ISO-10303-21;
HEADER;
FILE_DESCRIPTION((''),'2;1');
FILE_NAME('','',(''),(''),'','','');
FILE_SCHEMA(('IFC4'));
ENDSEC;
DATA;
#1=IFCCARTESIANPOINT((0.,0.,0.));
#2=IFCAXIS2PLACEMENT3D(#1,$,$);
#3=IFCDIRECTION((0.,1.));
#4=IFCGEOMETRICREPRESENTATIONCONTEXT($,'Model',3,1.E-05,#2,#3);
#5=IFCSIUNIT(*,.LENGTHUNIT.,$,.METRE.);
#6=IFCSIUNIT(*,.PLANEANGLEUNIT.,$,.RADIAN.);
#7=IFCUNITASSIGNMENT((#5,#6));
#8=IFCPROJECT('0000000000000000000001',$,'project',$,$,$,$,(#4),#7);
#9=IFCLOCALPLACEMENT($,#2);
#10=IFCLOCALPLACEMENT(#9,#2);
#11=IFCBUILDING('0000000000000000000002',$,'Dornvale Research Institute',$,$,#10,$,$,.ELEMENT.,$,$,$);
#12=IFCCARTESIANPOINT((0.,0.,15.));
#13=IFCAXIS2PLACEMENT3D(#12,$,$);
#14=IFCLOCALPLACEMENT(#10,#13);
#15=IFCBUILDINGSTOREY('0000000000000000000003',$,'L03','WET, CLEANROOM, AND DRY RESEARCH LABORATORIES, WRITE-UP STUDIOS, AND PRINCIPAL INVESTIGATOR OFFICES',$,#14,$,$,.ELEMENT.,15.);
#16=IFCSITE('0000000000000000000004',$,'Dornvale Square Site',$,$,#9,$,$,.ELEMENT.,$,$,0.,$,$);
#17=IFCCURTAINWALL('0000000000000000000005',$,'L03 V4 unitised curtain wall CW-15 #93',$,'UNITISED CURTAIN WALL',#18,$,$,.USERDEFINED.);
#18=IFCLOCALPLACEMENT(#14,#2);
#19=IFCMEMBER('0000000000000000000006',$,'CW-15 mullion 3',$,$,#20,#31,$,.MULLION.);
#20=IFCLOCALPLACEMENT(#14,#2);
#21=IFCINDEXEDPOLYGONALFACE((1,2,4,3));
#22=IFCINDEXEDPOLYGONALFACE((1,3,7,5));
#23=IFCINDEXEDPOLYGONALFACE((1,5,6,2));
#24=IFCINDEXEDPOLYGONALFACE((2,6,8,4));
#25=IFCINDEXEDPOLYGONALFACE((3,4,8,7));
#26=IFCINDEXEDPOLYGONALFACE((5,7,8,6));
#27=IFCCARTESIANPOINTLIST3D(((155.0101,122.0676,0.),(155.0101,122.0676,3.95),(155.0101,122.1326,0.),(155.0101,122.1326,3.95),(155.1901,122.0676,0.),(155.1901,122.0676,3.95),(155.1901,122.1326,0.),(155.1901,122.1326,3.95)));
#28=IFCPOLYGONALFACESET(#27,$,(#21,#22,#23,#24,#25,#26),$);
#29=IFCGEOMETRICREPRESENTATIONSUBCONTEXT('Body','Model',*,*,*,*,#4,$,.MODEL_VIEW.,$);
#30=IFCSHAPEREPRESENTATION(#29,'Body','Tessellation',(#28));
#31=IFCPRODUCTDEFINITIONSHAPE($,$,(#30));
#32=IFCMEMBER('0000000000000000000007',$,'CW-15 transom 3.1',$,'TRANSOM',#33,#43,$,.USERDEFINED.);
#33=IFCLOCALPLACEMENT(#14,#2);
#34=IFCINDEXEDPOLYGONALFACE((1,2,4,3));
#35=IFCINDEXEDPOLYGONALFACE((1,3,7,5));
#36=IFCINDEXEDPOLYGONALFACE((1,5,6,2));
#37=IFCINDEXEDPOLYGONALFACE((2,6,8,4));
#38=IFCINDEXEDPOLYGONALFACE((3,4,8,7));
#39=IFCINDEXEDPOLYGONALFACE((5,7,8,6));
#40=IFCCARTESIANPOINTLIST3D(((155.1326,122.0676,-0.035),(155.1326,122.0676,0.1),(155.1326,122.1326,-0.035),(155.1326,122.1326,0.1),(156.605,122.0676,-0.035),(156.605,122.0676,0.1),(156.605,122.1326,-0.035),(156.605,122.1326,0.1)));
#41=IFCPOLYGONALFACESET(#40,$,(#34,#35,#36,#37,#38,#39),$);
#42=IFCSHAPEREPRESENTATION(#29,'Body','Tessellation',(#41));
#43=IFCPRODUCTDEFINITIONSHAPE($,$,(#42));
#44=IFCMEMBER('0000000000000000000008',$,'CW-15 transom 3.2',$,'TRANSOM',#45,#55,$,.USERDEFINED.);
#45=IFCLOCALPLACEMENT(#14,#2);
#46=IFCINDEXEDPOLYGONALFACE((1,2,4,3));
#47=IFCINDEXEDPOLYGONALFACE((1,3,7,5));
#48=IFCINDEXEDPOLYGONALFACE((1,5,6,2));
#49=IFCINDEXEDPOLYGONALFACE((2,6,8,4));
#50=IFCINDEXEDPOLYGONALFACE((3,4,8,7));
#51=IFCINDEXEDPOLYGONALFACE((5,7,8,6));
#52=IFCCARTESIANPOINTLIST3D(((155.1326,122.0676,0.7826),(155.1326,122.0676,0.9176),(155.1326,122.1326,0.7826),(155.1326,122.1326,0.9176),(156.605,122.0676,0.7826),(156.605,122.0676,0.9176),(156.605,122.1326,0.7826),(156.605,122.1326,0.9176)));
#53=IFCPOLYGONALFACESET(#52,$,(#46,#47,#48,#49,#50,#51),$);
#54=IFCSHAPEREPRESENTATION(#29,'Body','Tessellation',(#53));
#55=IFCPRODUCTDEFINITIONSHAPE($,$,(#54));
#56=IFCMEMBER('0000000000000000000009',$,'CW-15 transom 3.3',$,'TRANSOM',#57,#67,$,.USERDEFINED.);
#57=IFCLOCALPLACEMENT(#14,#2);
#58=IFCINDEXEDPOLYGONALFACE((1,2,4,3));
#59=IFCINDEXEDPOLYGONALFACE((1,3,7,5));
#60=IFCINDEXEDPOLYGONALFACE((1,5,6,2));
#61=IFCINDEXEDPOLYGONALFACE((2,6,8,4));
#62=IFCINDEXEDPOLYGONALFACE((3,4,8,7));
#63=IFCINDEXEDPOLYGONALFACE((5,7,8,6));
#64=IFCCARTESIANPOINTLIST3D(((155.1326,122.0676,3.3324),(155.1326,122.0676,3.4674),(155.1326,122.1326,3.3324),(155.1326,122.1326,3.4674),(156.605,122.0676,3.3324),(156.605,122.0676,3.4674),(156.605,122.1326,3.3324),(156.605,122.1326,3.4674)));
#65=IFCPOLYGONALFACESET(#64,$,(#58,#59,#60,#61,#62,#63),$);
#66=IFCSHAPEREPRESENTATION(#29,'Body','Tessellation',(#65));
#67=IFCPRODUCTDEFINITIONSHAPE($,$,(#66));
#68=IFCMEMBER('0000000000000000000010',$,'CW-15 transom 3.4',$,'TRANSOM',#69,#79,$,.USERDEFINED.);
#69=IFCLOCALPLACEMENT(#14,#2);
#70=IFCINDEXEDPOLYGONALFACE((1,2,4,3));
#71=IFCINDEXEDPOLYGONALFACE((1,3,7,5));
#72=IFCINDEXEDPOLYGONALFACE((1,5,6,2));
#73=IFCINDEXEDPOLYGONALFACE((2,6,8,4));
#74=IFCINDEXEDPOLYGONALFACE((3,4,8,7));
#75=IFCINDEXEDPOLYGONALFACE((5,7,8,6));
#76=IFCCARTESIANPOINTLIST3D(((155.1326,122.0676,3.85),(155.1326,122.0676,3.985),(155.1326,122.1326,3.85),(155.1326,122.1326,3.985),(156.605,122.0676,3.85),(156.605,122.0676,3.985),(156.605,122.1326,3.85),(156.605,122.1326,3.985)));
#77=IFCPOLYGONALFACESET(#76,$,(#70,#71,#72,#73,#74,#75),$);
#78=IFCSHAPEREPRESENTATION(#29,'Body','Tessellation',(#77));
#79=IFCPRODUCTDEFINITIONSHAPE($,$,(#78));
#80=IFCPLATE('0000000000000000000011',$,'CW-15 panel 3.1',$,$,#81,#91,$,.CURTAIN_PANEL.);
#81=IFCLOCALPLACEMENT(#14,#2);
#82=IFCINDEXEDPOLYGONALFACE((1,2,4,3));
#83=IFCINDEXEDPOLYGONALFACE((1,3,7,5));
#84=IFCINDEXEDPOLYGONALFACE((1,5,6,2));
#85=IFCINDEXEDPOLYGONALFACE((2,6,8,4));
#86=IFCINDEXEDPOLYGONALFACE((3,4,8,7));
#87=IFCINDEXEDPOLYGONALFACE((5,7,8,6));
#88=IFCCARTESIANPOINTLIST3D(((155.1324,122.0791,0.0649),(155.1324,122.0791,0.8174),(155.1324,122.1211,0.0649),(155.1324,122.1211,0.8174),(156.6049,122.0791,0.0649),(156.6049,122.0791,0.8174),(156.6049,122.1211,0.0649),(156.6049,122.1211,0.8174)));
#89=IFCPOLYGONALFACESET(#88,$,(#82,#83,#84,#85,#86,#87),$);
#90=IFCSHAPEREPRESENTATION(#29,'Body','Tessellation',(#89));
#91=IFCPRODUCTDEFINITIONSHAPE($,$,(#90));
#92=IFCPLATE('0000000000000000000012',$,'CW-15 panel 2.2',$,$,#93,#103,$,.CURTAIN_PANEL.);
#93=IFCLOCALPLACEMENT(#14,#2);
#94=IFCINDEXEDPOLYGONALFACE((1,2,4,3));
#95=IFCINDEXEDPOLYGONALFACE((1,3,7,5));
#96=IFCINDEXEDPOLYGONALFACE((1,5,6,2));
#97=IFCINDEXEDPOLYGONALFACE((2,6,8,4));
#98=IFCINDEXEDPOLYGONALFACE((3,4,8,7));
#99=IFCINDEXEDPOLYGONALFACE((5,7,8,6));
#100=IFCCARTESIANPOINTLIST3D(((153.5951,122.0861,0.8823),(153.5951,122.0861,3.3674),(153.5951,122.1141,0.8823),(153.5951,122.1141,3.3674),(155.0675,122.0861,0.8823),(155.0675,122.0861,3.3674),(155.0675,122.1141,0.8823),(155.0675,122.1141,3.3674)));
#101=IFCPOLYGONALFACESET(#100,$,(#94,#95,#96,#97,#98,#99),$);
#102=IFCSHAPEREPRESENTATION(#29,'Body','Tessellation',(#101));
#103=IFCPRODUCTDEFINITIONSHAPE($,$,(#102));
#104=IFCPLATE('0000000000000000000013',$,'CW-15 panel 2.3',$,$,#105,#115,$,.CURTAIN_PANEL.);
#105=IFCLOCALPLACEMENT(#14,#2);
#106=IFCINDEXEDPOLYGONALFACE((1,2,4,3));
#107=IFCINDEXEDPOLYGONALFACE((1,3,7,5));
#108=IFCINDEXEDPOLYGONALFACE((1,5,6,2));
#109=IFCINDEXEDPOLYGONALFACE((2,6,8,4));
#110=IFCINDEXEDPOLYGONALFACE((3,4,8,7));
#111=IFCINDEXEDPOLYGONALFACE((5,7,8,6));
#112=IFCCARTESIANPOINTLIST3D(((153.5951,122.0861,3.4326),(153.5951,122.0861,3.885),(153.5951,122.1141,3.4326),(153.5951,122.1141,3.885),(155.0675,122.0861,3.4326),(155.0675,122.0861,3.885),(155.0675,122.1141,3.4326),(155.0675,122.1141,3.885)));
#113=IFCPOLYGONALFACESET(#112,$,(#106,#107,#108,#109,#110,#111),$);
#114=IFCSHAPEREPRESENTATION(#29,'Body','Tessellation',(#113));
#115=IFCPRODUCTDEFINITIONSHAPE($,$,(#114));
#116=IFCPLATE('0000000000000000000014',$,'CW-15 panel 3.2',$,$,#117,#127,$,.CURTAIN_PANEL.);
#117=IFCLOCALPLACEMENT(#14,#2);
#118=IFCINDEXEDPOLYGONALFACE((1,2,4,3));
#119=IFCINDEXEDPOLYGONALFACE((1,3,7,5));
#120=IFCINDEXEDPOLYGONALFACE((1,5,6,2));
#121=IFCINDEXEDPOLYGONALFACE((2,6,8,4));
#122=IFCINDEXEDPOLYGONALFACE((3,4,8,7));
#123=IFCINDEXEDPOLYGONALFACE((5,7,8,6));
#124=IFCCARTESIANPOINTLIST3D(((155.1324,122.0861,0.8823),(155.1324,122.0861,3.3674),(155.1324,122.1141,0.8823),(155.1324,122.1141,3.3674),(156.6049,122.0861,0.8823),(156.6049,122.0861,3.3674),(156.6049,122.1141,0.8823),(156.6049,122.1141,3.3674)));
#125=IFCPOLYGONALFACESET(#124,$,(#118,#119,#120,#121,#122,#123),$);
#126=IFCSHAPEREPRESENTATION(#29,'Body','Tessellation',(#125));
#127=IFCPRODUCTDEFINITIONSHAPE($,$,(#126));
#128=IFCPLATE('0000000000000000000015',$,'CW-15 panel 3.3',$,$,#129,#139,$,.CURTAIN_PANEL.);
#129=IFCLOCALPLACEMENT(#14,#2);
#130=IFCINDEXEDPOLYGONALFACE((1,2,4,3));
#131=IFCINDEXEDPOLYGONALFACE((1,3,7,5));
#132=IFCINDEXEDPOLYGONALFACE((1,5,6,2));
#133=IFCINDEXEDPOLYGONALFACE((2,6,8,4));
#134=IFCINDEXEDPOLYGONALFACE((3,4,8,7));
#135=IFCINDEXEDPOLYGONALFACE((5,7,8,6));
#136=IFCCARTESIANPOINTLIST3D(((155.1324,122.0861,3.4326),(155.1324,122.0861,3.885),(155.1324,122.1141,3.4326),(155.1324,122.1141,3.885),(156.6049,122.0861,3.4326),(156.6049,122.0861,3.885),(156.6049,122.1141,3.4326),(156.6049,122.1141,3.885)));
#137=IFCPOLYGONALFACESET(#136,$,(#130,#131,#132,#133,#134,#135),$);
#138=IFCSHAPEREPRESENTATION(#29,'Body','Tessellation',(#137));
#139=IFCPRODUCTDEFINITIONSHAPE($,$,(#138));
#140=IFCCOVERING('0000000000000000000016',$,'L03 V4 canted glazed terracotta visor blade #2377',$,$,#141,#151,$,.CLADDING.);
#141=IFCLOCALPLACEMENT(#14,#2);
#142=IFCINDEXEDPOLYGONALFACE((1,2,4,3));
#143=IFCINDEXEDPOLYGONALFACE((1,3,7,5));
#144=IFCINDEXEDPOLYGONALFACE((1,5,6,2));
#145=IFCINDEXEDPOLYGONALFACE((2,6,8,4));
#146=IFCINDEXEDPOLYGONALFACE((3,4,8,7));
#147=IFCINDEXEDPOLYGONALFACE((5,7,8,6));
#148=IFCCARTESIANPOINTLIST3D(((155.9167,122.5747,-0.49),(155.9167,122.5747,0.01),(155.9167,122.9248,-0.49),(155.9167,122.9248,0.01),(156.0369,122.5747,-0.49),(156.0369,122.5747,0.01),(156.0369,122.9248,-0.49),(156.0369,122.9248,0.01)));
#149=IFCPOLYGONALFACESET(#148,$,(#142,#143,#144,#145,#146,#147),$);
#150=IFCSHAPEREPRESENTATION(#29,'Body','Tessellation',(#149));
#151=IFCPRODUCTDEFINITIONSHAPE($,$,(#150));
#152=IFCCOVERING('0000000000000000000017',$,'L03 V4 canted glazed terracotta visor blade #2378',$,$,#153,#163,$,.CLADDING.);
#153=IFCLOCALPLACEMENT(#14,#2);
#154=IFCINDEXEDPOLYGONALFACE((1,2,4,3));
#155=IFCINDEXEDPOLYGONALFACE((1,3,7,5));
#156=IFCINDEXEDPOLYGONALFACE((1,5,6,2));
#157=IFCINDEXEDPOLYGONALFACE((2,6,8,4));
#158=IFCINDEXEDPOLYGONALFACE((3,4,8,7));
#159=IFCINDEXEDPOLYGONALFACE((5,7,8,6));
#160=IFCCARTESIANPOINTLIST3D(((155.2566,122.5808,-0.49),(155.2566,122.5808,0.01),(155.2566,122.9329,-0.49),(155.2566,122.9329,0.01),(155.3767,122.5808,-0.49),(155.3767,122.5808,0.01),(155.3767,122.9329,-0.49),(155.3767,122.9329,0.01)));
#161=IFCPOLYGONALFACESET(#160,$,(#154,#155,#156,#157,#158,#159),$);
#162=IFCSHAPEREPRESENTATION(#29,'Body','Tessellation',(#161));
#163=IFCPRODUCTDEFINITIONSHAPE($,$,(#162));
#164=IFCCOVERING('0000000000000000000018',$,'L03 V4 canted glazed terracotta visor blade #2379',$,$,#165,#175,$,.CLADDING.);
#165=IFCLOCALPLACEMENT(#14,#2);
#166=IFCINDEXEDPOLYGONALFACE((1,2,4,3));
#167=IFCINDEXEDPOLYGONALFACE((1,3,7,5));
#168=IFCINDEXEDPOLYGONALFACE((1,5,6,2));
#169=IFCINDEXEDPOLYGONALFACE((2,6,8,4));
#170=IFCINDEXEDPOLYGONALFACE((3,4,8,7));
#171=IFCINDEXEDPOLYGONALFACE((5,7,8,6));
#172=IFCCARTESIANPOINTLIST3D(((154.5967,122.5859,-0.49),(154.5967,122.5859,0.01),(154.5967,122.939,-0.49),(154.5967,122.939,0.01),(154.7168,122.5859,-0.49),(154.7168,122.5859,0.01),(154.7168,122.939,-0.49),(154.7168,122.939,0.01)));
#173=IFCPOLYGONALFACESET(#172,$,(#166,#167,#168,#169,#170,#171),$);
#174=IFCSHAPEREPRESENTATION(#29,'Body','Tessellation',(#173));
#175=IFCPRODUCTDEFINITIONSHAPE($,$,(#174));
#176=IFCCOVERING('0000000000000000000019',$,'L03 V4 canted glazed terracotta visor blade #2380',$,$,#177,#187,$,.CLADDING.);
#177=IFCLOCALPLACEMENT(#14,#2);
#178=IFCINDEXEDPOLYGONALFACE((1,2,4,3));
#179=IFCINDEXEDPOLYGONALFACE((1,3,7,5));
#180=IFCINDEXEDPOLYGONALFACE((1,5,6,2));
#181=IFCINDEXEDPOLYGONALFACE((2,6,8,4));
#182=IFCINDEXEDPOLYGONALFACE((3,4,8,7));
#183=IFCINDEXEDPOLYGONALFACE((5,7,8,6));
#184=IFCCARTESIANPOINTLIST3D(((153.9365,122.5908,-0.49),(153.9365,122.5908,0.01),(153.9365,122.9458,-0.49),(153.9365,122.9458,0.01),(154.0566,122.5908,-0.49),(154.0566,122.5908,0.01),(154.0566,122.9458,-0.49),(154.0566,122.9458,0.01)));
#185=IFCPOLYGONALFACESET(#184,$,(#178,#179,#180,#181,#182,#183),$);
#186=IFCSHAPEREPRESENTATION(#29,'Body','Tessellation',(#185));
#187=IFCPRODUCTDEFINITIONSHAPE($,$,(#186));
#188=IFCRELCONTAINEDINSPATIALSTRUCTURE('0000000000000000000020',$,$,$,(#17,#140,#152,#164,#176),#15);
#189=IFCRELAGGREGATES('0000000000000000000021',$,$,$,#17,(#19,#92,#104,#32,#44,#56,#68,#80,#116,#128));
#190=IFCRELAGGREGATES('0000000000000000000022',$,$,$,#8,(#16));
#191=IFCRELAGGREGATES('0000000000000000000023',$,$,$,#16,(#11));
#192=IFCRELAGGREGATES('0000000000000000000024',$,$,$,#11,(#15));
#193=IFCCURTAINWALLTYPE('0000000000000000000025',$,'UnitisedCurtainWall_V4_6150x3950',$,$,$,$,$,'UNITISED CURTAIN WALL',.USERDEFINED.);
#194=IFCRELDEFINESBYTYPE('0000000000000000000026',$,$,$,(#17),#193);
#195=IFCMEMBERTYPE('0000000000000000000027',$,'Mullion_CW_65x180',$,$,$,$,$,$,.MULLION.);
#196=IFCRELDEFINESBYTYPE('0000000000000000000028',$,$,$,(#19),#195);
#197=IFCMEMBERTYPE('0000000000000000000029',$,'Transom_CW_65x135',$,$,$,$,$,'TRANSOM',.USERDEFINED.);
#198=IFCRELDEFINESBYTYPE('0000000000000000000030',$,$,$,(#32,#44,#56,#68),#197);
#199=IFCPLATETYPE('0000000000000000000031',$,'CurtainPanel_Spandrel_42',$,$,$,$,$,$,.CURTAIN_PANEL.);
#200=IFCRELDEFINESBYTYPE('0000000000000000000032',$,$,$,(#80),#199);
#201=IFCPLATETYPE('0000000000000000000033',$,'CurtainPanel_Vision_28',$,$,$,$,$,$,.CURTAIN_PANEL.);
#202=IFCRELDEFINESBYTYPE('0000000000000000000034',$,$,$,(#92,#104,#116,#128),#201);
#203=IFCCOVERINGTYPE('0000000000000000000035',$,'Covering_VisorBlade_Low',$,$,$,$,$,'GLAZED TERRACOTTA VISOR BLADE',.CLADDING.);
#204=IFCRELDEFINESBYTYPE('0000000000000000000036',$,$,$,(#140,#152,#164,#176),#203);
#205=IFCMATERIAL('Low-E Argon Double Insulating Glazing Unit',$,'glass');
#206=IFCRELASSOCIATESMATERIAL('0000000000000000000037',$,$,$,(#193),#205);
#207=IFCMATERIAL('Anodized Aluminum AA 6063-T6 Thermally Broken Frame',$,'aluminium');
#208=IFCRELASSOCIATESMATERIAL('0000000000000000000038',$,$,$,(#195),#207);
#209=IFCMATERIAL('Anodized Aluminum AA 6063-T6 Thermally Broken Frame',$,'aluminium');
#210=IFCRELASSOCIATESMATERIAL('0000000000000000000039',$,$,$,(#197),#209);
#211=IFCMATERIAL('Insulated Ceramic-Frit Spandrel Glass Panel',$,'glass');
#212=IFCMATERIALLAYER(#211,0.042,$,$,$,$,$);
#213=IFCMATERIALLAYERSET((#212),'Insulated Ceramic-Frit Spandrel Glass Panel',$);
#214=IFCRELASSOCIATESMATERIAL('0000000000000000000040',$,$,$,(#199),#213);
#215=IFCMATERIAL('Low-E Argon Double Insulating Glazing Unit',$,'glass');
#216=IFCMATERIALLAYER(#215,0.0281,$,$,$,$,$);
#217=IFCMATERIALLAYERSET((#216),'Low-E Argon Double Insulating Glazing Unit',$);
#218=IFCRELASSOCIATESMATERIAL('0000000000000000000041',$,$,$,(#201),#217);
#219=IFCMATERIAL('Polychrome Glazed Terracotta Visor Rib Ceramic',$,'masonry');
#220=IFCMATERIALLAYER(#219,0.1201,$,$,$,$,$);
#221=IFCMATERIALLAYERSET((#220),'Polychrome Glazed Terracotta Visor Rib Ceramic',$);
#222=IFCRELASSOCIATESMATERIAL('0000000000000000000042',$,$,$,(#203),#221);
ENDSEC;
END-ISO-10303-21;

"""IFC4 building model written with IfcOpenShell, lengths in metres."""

from ifc_helpers import new_model, si_unit, direction, frame, origin, origin_2d, place, context, subcontext, project, spatial, rectangle, extrude, material, layer, layer_set, material_profile, profile_set, type_object, element, aggregate, save


model = new_model("IFC4")

# Units and contexts
model_context = context("Model", 3, precision=1e-05, world=origin(), true_north=direction((0.0, 1.0)))
body_context = subcontext(model_context, "Body", "Model", "MODEL_VIEW")
ifc_project = project(units=[si_unit("LENGTHUNIT", "METRE"), si_unit("PLANEANGLEUNIT", "RADIAN")], contexts=[model_context])

# Site, building, storey
site_placement = place(None, origin())
site = spatial("IfcSite", under=ifc_project, at=site_placement, Name="Dornvale Square Site", CompositionType="ELEMENT", RefElevation=0.0)
building_placement = place(site_placement, origin())
building = spatial("IfcBuilding", under=site, at=building_placement, Name="Dornvale Research Institute", CompositionType="ELEMENT")
storey_placement = place(building_placement, frame((0.0, 0.0, 15.0)))
storey = spatial("IfcBuildingStorey", under=building, at=storey_placement, Name="L03", Description="WET, CLEANROOM, AND DRY RESEARCH LABORATORIES, WRITE-UP STUDIOS, AND PRINCIPAL INVESTIGATOR OFFICES", CompositionType="ELEMENT", Elevation=15.0)

# Curtain wall, members, plates
ifc_material_1 = material(Name="Low-E Argon Double Insulating Glazing Unit", Category="glass")
curtain_wall_type = type_object("IfcCurtainWallType", Name="UnitisedCurtainWall_V4_6150x3950", ElementType="UNITISED CURTAIN WALL", PredefinedType="USERDEFINED", material=ifc_material_1)
curtain_wall_placement = place(storey_placement, origin())
curtain_wall = element("IfcCurtainWall", 1, at=curtain_wall_placement, inside=storey, type_object=curtain_wall_type, Name="L03 V4 unitised curtain wall CW-15 #93", ObjectType="UNITISED CURTAIN WALL", PredefinedType="USERDEFINED")
ifc_material_2 = material(Name="Anodized Aluminum AA 6063-T6 Thermally Broken Frame", Category="aluminium")
ifc_material_profile_1 = material_profile(ifc_material_2, rectangle(XDim=0.0649, YDim=0.1799, at=origin_2d()), Name="ALU MULLION 65x180")
ifc_profile_set_1 = profile_set([ifc_material_profile_1], Name="Anodized Aluminum AA 6063-T6 Thermally Broken Frame")
member_type_1 = type_object("IfcMemberType", Name="Mullion_CW_65x180", PredefinedType="MULLION", material=ifc_profile_set_1)
member_1_placement = place(storey_placement, frame((155.1001, 122.1001, 0.0), z_axis=(0.0, 0.0, 1.0), x_axis=(0.0, 1.0, 0.0)))
member_1 = element("IfcMember", 2, at=member_1_placement, type_object=member_type_1, Name="CW-15 mullion 3", PredefinedType="MULLION", context=body_context, shape_type="SweptSolid", body=[
    extrude(rectangle(XDim=0.0649, YDim=0.1799, at=origin_2d()), origin(), (0.0, 0.0, 1.0), 3.95),
])
ifc_material_3 = material(Name="Anodized Aluminum AA 6063-T6 Thermally Broken Frame", Category="aluminium")
ifc_material_profile_2 = material_profile(ifc_material_3, rectangle(XDim=0.0649, YDim=0.135, at=origin_2d()), Name="ALU TRANSOM 65x135")
ifc_profile_set_2 = profile_set([ifc_material_profile_2], Name="Anodized Aluminum AA 6063-T6 Thermally Broken Frame")
member_type_2 = type_object("IfcMemberType", Name="Transom_CW_65x135", ElementType="TRANSOM", PredefinedType="USERDEFINED", material=ifc_profile_set_2)
member_2_placement = place(storey_placement, frame((155.1326, 122.1001, 0.0325), z_axis=(1.0, 0.0, 0.0), x_axis=(0.0, 1.0, 0.0)))
member_2 = element("IfcMember", 3, at=member_2_placement, type_object=member_type_2, Name="CW-15 transom 3.1", ObjectType="TRANSOM", PredefinedType="USERDEFINED", context=body_context, shape_type="SweptSolid", body=[
    extrude(rectangle(XDim=0.0649, YDim=0.135, at=origin_2d()), origin(), (0.0, 0.0, 1.0), 1.4724),
])
member_3_placement = place(storey_placement, frame((155.1326, 122.1001, 0.8501), z_axis=(1.0, 0.0, 0.0), x_axis=(0.0, 1.0, 0.0)))
member_3 = element("IfcMember", 4, at=member_3_placement, type_object=member_type_2, Name="CW-15 transom 3.2", ObjectType="TRANSOM", PredefinedType="USERDEFINED", context=body_context, shape_type="SweptSolid", body=[
    extrude(rectangle(XDim=0.0649, YDim=0.135, at=origin_2d()), origin(), (0.0, 0.0, 1.0), 1.4724),
])
member_4_placement = place(storey_placement, frame((155.1326, 122.1001, 3.3999), z_axis=(1.0, 0.0, 0.0), x_axis=(0.0, 1.0, 0.0)))
member_4 = element("IfcMember", 5, at=member_4_placement, type_object=member_type_2, Name="CW-15 transom 3.3", ObjectType="TRANSOM", PredefinedType="USERDEFINED", context=body_context, shape_type="SweptSolid", body=[
    extrude(rectangle(XDim=0.0649, YDim=0.135, at=origin_2d()), origin(), (0.0, 0.0, 1.0), 1.4724),
])
member_5_placement = place(storey_placement, frame((155.1326, 122.1001, 3.9175), z_axis=(1.0, 0.0, 0.0), x_axis=(0.0, 1.0, 0.0)))
member_5 = element("IfcMember", 6, at=member_5_placement, type_object=member_type_2, Name="CW-15 transom 3.4", ObjectType="TRANSOM", PredefinedType="USERDEFINED", context=body_context, shape_type="SweptSolid", body=[
    extrude(rectangle(XDim=0.0649, YDim=0.135, at=origin_2d()), origin(), (0.0, 0.0, 1.0), 1.4724),
])
ifc_material_4 = material(Name="Insulated Ceramic-Frit Spandrel Glass Panel", Category="glass")
ifc_layer_1 = layer(ifc_material_4, 0.042)
ifc_layer_set_1 = layer_set([ifc_layer_1], Name="Insulated Ceramic-Frit Spandrel Glass Panel")
plate_type_1 = type_object("IfcPlateType", Name="CurtainPanel_Spandrel_42", PredefinedType="CURTAIN_PANEL", material=ifc_layer_set_1)
plate_1_placement = place(storey_placement, frame((155.8687, 122.1001, 0.0649), z_axis=(0.0, 0.0, 1.0), x_axis=(1.0, 0.0, 0.0)))
plate_1 = element("IfcPlate", 7, at=plate_1_placement, type_object=plate_type_1, Name="CW-15 panel 3.1", PredefinedType="CURTAIN_PANEL", context=body_context, shape_type="SweptSolid", body=[
    extrude(rectangle(XDim=1.4724, YDim=0.042, at=origin_2d()), origin(), (0.0, 0.0, 1.0), 0.7524),
])
ifc_material_5 = material(Name="Low-E Argon Double Insulating Glazing Unit", Category="glass")
ifc_layer_2 = layer(ifc_material_5, 0.0281)
ifc_layer_set_2 = layer_set([ifc_layer_2], Name="Low-E Argon Double Insulating Glazing Unit")
plate_type_2 = type_object("IfcPlateType", Name="CurtainPanel_Vision_28", PredefinedType="CURTAIN_PANEL", material=ifc_layer_set_2)
plate_2_placement = place(storey_placement, frame((154.3313, 122.1001, 0.8823), z_axis=(0.0, 0.0, 1.0), x_axis=(1.0, 0.0, 0.0)))
plate_2 = element("IfcPlate", 8, at=plate_2_placement, type_object=plate_type_2, Name="CW-15 panel 2.2", PredefinedType="CURTAIN_PANEL", context=body_context, shape_type="SweptSolid", body=[
    extrude(rectangle(XDim=1.4724, YDim=0.0281, at=origin_2d()), origin(), (0.0, 0.0, 1.0), 2.4851),
])
plate_3_placement = place(storey_placement, frame((154.3313, 122.1001, 3.4326), z_axis=(0.0, 0.0, 1.0), x_axis=(1.0, 0.0, 0.0)))
plate_3 = element("IfcPlate", 9, at=plate_3_placement, type_object=plate_type_2, Name="CW-15 panel 2.3", PredefinedType="CURTAIN_PANEL", context=body_context, shape_type="SweptSolid", body=[
    extrude(rectangle(XDim=1.4724, YDim=0.0281, at=origin_2d()), origin(), (0.0, 0.0, 1.0), 0.4524),
])
plate_4_placement = place(storey_placement, frame((155.8687, 122.1001, 0.8823), z_axis=(0.0, 0.0, 1.0), x_axis=(1.0, 0.0, 0.0)))
plate_4 = element("IfcPlate", 10, at=plate_4_placement, type_object=plate_type_2, Name="CW-15 panel 3.2", PredefinedType="CURTAIN_PANEL", context=body_context, shape_type="SweptSolid", body=[
    extrude(rectangle(XDim=1.4724, YDim=0.0281, at=origin_2d()), origin(), (0.0, 0.0, 1.0), 2.4851),
])
plate_5_placement = place(storey_placement, frame((155.8687, 122.1001, 3.4326), z_axis=(0.0, 0.0, 1.0), x_axis=(1.0, 0.0, 0.0)))
plate_5 = element("IfcPlate", 11, at=plate_5_placement, type_object=plate_type_2, Name="CW-15 panel 3.3", PredefinedType="CURTAIN_PANEL", context=body_context, shape_type="SweptSolid", body=[
    extrude(rectangle(XDim=1.4724, YDim=0.0281, at=origin_2d()), origin(), (0.0, 0.0, 1.0), 0.4524),
])
aggregate(curtain_wall, [member_1, plate_2, plate_3, member_2, member_3, member_4, member_5, plate_1, plate_4, plate_5])

# Coverings
ifc_material_6 = material(Name="Polychrome Glazed Terracotta Visor Rib Ceramic", Category="masonry")
ifc_layer_3 = layer(ifc_material_6, 0.1201)
ifc_layer_set_3 = layer_set([ifc_layer_3], Name="Polychrome Glazed Terracotta Visor Rib Ceramic")
covering_type = type_object("IfcCoveringType", Name="Covering_VisorBlade_Low", ElementType="GLAZED TERRACOTTA VISOR BLADE", PredefinedType="CLADDING", material=ifc_layer_set_3)
covering_1_placement = place(storey_placement, frame((155.9768, 122.7498, -0.49), z_axis=(0.0, 0.0, 1.0), x_axis=(0.0, 1.0, 0.0)))
element("IfcCovering", 12, at=covering_1_placement, inside=storey, type_object=covering_type, Name="L03 V4 canted glazed terracotta visor blade #2377", PredefinedType="CLADDING", context=body_context, shape_type="SweptSolid", body=[
    extrude(rectangle(XDim=0.3501, YDim=0.1201, at=origin_2d()), origin(), (0.0, 0.0, 1.0), 0.5),
])
covering_2_placement = place(storey_placement, frame((155.3167, 122.7568, -0.49), z_axis=(0.0, 0.0, 1.0), x_axis=(0.0, 1.0, 0.0)))
element("IfcCovering", 13, at=covering_2_placement, inside=storey, type_object=covering_type, Name="L03 V4 canted glazed terracotta visor blade #2378", PredefinedType="CLADDING", context=body_context, shape_type="SweptSolid", body=[
    extrude(rectangle(XDim=0.3521, YDim=0.1201, at=origin_2d()), origin(), (0.0, 0.0, 1.0), 0.5),
])
covering_3_placement = place(storey_placement, frame((154.6567, 122.7625, -0.49), z_axis=(0.0, 0.0, 1.0), x_axis=(0.0, 1.0, 0.0)))
element("IfcCovering", 14, at=covering_3_placement, inside=storey, type_object=covering_type, Name="L03 V4 canted glazed terracotta visor blade #2379", PredefinedType="CLADDING", context=body_context, shape_type="SweptSolid", body=[
    extrude(rectangle(XDim=0.353, YDim=0.1201, at=origin_2d()), origin(), (0.0, 0.0, 1.0), 0.5),
])
covering_4_placement = place(storey_placement, frame((153.9966, 122.7683, -0.49), z_axis=(0.0, 0.0, 1.0), x_axis=(0.0, 1.0, 0.0)))
element("IfcCovering", 15, at=covering_4_placement, inside=storey, type_object=covering_type, Name="L03 V4 canted glazed terracotta visor blade #2380", PredefinedType="CLADDING", context=body_context, shape_type="SweptSolid", body=[
    extrude(rectangle(XDim=0.355, YDim=0.1201, at=origin_2d()), origin(), (0.0, 0.0, 1.0), 0.5),
])

save(model, "model.ifc")
